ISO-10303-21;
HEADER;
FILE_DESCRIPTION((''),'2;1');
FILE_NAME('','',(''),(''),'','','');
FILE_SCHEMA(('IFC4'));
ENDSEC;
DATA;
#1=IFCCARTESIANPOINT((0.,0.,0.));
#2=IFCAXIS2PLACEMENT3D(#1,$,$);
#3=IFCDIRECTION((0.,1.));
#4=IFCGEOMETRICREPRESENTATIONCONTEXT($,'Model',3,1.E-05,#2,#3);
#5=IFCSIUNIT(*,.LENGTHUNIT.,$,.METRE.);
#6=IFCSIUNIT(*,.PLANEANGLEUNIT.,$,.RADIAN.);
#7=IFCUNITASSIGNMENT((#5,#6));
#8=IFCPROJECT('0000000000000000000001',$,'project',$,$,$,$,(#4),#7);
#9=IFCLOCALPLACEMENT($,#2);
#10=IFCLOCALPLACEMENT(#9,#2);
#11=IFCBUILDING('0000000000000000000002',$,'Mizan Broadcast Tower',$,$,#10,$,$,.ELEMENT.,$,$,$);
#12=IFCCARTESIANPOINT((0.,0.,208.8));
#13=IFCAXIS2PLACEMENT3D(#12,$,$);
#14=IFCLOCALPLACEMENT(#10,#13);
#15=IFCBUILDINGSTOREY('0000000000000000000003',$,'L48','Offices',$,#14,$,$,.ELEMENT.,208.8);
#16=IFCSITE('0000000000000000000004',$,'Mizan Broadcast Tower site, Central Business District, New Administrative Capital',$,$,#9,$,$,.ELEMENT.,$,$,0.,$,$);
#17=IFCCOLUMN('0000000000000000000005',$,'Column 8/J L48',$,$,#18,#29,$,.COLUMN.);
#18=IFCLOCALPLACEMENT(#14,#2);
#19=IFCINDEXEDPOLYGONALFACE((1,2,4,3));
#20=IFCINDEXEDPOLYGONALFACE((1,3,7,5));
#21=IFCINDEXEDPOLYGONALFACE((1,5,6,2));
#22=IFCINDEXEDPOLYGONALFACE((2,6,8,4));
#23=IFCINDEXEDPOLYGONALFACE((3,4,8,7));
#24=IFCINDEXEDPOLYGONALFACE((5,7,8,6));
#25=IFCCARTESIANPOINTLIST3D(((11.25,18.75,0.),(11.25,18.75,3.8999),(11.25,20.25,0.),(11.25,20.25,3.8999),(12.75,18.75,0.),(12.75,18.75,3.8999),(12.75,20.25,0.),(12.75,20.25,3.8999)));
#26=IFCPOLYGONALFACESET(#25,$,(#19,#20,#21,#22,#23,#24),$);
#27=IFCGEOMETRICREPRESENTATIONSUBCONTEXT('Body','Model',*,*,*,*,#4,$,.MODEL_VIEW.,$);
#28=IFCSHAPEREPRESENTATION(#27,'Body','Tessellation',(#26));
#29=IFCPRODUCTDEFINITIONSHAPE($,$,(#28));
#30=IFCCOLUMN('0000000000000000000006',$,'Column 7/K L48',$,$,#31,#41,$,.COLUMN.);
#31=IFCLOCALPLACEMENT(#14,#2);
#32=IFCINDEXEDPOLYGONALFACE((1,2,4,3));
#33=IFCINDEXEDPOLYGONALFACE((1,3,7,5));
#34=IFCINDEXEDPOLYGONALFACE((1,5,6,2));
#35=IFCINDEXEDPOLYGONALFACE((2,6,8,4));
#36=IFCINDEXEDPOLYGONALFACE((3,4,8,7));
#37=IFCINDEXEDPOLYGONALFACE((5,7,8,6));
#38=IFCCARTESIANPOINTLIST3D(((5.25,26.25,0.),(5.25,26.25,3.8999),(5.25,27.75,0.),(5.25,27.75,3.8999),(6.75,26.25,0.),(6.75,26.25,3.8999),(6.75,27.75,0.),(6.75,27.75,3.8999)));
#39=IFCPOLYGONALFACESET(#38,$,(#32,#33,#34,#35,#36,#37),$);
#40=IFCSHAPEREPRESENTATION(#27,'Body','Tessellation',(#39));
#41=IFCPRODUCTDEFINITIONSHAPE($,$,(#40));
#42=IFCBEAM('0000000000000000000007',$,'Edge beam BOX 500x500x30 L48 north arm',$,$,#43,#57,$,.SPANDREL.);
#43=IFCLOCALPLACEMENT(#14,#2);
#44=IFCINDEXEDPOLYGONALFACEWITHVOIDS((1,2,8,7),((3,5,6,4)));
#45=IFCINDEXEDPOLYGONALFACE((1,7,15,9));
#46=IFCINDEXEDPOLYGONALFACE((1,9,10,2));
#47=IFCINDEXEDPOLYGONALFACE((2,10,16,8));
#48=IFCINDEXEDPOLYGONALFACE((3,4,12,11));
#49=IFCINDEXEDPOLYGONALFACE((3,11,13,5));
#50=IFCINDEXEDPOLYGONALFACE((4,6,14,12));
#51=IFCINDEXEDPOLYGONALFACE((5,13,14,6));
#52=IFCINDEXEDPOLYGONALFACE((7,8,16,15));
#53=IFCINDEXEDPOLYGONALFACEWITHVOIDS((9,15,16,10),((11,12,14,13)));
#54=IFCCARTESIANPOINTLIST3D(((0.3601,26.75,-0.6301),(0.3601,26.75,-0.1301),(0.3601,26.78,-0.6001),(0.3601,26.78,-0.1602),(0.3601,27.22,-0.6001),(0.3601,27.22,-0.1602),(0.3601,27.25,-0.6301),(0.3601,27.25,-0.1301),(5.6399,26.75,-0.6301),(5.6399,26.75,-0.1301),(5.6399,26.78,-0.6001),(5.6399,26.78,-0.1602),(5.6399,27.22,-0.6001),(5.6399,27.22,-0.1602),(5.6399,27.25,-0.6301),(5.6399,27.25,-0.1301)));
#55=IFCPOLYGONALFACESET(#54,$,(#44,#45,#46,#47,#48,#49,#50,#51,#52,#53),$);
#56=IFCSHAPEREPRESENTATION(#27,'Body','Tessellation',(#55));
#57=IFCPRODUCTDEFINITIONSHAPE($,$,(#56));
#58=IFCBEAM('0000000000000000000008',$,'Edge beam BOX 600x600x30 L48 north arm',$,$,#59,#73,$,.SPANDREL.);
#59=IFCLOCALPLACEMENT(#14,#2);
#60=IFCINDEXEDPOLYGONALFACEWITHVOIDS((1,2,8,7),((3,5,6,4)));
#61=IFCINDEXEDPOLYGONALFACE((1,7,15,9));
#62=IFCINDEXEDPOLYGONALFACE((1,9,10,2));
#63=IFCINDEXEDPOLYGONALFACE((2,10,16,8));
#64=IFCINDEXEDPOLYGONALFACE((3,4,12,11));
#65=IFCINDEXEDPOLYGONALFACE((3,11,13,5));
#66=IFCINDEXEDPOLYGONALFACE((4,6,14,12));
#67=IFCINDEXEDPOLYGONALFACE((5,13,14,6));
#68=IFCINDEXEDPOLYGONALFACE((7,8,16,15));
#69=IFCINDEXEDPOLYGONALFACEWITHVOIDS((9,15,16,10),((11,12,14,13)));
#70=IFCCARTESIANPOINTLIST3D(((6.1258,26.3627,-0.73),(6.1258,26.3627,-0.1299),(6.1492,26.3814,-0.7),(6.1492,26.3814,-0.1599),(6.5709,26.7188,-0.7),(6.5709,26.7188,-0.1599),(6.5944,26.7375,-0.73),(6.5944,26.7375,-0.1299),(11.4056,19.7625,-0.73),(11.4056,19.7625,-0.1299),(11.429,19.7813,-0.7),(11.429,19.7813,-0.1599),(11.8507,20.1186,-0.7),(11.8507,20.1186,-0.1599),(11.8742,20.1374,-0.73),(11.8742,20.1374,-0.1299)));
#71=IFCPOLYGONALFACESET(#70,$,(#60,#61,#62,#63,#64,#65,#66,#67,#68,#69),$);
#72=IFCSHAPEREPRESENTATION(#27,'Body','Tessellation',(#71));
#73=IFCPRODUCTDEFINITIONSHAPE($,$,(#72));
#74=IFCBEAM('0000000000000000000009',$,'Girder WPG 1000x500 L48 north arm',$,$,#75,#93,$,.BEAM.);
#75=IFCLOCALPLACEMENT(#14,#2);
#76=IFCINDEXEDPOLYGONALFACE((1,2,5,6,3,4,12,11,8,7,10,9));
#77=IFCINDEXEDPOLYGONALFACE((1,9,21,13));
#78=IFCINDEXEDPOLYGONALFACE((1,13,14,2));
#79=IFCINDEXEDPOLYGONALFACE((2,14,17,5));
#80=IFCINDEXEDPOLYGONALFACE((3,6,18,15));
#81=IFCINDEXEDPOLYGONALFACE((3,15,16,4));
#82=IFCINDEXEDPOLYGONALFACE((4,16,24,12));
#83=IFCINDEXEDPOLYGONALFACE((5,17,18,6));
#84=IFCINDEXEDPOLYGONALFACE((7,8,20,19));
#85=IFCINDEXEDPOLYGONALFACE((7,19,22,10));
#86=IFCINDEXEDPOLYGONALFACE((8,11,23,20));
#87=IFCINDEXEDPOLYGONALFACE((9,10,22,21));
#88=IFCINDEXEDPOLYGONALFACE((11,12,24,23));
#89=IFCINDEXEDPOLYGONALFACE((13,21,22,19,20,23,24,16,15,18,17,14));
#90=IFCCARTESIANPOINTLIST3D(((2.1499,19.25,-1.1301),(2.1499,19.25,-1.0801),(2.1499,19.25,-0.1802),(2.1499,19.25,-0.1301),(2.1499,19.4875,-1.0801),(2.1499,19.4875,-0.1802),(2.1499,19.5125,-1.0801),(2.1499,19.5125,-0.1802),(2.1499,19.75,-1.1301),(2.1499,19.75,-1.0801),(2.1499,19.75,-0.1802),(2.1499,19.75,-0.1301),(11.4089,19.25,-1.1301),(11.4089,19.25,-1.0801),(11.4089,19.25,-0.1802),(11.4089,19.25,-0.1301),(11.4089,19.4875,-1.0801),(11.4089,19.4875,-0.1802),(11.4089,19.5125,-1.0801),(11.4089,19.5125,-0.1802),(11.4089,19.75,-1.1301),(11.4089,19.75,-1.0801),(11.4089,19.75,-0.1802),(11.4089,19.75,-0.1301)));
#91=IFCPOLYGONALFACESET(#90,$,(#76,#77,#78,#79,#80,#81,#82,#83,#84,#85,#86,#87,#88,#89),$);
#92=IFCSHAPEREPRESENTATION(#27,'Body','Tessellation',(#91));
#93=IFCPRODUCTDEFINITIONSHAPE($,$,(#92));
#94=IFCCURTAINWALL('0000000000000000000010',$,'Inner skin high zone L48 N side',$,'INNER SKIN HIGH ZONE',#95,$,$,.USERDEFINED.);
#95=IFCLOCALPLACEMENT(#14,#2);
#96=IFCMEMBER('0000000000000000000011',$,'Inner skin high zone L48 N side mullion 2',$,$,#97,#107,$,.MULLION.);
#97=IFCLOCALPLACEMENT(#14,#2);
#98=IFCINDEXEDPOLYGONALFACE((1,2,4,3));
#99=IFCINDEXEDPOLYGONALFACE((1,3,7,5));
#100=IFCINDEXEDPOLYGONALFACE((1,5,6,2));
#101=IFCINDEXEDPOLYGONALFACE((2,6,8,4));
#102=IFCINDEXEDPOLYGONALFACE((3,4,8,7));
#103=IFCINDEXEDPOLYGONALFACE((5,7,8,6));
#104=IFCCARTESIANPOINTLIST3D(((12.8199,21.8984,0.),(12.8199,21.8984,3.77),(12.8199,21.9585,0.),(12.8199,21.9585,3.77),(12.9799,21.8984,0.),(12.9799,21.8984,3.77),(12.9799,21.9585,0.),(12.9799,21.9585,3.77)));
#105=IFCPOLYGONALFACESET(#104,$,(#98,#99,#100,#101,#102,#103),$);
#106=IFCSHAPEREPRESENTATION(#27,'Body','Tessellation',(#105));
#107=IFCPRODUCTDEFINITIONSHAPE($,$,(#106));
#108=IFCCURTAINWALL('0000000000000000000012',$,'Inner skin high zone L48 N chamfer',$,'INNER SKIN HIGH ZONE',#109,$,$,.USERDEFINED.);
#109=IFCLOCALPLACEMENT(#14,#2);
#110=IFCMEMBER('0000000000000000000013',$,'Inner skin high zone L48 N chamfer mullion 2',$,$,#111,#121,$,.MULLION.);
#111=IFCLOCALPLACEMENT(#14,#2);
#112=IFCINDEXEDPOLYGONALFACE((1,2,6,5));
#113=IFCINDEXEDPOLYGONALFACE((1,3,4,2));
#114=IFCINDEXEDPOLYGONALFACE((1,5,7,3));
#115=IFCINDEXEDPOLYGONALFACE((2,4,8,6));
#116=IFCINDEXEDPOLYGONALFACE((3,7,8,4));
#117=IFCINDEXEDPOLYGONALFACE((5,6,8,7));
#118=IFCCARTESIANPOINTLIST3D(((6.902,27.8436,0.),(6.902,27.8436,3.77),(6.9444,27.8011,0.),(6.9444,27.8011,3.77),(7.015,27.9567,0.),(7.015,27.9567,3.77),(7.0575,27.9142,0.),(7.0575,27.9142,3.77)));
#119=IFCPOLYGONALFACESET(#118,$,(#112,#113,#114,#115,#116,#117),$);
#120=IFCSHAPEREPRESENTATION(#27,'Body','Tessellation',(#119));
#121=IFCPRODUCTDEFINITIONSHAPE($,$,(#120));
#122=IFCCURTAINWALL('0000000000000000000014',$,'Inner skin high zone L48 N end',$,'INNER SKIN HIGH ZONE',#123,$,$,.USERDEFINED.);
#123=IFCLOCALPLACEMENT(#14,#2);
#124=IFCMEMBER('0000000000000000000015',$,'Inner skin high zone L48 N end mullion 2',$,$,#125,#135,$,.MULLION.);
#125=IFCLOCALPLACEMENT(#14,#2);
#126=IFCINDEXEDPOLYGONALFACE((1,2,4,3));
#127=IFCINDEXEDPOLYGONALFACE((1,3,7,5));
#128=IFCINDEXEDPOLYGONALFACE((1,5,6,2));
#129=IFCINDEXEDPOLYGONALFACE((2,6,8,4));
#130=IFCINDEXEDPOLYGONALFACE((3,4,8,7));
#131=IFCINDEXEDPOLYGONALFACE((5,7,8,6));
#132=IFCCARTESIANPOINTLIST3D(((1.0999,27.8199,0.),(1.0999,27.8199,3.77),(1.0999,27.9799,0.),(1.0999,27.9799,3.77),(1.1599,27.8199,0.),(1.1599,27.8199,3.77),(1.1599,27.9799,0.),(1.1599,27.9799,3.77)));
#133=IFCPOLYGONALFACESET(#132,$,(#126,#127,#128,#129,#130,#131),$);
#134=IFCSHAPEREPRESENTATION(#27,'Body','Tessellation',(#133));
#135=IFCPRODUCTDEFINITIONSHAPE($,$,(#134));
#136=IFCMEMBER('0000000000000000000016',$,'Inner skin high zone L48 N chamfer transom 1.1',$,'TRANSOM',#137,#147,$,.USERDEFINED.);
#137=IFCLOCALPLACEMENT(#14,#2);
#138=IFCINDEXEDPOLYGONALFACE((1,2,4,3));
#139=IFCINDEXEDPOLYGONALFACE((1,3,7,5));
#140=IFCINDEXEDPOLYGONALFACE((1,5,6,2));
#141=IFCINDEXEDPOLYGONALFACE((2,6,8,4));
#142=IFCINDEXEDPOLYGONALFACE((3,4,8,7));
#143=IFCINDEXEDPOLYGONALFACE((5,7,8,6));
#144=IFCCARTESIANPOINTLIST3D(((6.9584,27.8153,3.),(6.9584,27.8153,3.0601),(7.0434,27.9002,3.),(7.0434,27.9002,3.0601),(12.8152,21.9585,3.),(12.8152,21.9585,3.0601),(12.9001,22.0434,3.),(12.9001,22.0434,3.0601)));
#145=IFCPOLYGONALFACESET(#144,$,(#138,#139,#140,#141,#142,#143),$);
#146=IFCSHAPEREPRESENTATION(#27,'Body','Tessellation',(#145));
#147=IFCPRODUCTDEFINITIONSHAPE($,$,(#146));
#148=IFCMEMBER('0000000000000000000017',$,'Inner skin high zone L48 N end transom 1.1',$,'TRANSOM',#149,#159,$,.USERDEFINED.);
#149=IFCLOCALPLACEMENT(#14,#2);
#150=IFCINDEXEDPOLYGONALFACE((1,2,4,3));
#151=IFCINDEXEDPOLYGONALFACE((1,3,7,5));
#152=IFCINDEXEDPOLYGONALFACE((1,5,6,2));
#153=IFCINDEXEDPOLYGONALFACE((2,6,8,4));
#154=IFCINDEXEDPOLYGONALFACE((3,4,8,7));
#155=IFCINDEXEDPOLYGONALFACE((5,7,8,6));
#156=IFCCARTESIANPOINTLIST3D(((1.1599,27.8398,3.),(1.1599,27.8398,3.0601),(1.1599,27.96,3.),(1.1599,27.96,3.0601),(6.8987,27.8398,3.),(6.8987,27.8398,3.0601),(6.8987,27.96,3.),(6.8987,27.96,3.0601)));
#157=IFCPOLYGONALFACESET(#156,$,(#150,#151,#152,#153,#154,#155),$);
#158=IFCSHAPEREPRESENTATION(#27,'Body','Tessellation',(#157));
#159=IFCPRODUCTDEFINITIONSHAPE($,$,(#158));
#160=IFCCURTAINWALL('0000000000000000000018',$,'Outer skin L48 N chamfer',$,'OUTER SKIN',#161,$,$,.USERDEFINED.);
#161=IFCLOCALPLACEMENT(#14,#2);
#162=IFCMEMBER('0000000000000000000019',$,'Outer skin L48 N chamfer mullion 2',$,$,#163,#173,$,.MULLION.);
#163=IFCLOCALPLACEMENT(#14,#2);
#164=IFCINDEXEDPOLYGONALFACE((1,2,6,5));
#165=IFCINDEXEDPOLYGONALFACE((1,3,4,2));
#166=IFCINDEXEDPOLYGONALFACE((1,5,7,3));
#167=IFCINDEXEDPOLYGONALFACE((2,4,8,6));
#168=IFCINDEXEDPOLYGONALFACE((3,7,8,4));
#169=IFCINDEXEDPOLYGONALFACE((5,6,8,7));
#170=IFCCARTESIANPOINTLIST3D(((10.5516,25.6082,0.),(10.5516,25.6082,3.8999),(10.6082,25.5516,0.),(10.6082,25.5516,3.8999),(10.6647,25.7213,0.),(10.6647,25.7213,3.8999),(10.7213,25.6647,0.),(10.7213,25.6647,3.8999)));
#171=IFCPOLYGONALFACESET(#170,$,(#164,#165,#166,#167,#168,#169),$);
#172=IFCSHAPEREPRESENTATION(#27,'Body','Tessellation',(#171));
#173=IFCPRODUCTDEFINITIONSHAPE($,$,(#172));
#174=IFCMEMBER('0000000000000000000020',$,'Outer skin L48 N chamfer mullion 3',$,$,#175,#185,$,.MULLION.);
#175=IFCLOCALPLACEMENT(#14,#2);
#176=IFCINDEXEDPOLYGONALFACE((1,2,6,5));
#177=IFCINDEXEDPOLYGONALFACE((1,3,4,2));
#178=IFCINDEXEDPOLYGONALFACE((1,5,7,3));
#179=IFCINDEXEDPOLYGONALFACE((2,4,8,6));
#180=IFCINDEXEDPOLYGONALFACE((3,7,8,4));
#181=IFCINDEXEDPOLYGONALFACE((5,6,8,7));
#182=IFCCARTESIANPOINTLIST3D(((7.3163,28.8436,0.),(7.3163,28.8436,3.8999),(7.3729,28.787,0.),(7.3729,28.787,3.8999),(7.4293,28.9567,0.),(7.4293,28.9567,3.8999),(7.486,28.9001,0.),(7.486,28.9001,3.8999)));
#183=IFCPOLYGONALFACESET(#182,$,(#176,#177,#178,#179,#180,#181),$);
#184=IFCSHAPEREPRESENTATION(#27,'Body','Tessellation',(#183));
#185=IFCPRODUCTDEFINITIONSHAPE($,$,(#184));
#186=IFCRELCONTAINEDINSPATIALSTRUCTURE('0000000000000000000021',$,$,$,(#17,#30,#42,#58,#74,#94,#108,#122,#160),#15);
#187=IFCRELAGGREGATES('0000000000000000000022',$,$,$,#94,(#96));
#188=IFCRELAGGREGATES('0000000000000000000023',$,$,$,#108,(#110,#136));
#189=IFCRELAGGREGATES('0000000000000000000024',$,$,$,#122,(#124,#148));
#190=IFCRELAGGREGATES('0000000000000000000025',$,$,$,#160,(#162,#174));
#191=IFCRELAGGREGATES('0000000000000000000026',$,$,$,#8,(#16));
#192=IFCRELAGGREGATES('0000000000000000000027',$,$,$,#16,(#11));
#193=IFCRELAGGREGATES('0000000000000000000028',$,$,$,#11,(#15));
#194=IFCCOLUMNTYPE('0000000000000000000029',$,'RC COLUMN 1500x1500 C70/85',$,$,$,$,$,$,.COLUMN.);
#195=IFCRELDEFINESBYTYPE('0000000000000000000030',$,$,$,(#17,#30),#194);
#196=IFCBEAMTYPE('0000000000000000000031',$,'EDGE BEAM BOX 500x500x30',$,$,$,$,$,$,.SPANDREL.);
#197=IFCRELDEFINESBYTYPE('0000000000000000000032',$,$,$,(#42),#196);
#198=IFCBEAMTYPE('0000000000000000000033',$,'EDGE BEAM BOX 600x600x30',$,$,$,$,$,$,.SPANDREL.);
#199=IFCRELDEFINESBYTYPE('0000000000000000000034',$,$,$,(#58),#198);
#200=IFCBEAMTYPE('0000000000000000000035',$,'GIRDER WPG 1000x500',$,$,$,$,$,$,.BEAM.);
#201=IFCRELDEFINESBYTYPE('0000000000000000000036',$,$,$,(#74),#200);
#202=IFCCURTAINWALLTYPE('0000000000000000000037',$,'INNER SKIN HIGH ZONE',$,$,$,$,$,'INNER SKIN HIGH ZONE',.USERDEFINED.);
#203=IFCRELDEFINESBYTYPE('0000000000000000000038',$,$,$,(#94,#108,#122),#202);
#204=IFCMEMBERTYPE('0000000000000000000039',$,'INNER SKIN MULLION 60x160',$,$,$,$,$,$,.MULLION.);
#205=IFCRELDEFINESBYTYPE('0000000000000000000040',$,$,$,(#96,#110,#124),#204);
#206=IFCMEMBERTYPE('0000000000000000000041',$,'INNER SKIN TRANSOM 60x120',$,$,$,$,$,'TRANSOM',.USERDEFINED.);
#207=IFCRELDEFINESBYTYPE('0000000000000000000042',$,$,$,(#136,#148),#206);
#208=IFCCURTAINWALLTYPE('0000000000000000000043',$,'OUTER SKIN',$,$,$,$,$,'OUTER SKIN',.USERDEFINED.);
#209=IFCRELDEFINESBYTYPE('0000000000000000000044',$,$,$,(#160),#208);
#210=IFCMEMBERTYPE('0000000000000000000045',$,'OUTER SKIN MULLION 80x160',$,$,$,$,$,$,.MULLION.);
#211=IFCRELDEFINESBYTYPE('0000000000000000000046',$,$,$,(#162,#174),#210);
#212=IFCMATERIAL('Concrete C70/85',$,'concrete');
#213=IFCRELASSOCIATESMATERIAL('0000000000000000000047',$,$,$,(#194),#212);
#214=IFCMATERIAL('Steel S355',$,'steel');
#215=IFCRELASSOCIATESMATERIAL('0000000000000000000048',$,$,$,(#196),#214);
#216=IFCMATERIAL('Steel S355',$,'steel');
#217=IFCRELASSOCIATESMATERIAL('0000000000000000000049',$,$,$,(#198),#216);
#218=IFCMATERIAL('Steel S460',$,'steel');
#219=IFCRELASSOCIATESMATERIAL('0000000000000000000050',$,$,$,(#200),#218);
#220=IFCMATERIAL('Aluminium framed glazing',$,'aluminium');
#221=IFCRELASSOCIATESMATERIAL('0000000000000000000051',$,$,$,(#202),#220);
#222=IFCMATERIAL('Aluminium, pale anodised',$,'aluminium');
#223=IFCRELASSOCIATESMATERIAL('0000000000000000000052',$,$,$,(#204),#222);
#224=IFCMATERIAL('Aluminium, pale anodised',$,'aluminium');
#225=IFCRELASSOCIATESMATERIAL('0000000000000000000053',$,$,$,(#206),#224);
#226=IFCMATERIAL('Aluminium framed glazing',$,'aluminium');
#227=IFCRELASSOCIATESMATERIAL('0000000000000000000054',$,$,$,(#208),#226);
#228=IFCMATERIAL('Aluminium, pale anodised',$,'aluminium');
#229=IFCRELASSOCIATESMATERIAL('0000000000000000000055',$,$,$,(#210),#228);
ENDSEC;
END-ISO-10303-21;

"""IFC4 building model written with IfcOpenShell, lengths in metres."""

from ifc_helpers import new_model, si_unit, direction, frame, origin, origin_2d, place, context, subcontext, project, spatial, rectangle, hollow_rectangle, i_section, extrude, material, material_profile, profile_set, type_object, element, aggregate, save


model = new_model("IFC4")

# Units and contexts
model_context = context("Model", 3, precision=1e-05, world=origin(), true_north=direction((0.0, 1.0)))
body_context = subcontext(model_context, "Body", "Model", "MODEL_VIEW")
ifc_project = project(units=[si_unit("LENGTHUNIT", "METRE"), si_unit("PLANEANGLEUNIT", "RADIAN")], contexts=[model_context])

# Site, building, storey
site_placement = place(None, origin())
site = spatial("IfcSite", under=ifc_project, at=site_placement, Name="Mizan Broadcast Tower site, Central Business District, New Administrative Capital", CompositionType="ELEMENT", RefElevation=0.0)
building_placement = place(site_placement, origin())
building = spatial("IfcBuilding", under=site, at=building_placement, Name="Mizan Broadcast Tower", CompositionType="ELEMENT")
storey_placement = place(building_placement, frame((0.0, 0.0, 208.8)))
storey = spatial("IfcBuildingStorey", under=building, at=storey_placement, Name="L48", Description="Offices", CompositionType="ELEMENT", Elevation=208.8)

# Columns
ifc_material_1 = material(Name="Concrete C70/85", Category="concrete")
ifc_material_profile_1 = material_profile(ifc_material_1, rectangle(XDim=1.5, YDim=1.5, at=origin_2d()), Name="RC 1500x1500")
ifc_profile_set_1 = profile_set([ifc_material_profile_1], Name="Concrete C70/85")
column_type = type_object("IfcColumnType", Name="RC COLUMN 1500x1500 C70/85", PredefinedType="COLUMN", material=ifc_profile_set_1)
for number, where, z_axis, x_axis, name in (
    (1, (12.0, 19.5, 0.0), (0.0, 0.0, 1.0), (1.0, 0.0, 0.0), "Column 8/J L48"),
    (2, (6.0, 27.0, 0.0), (0.0, 0.0, 1.0), (1.0, 0.0, 0.0), "Column 7/K L48"),
):
    element("IfcColumn", number, at=place(storey_placement, frame(where, z_axis=z_axis, x_axis=x_axis)), inside=storey, type_object=column_type, Name=name, PredefinedType="COLUMN", context=body_context, shape_type="SweptSolid", body=[
        extrude(rectangle(XDim=1.5, YDim=1.5, at=origin_2d()), origin(), (0.0, 0.0, 1.0), 3.8999),
    ])

# Beams
ifc_material_2 = material(Name="Steel S355", Category="steel")
ifc_material_profile_2 = material_profile(ifc_material_2, hollow_rectangle(XDim=0.5, YDim=0.5, WallThickness=0.03, at=origin_2d()), Name="BOX 500x500x30")
ifc_profile_set_2 = profile_set([ifc_material_profile_2], Name="Steel S355")
beam_type_1 = type_object("IfcBeamType", Name="EDGE BEAM BOX 500x500x30", PredefinedType="SPANDREL", material=ifc_profile_set_2)
beam_1_placement = place(storey_placement, frame((5.6399, 27.0, -0.3801), z_axis=(-1.0, 0.0, 0.0), x_axis=(0.0, -1.0, 0.0)))
element("IfcBeam", 3, at=beam_1_placement, inside=storey, type_object=beam_type_1, Name="Edge beam BOX 500x500x30 L48 north arm", PredefinedType="SPANDREL", context=body_context, shape_type="SweptSolid", body=[
    extrude(hollow_rectangle(XDim=0.5, YDim=0.5, WallThickness=0.03, at=origin_2d()), origin(), (0.0, 0.0, 1.0), 5.2798),
])
ifc_material_3 = material(Name="Steel S355", Category="steel")
ifc_material_profile_3 = material_profile(ifc_material_3, hollow_rectangle(XDim=0.6001, YDim=0.6001, WallThickness=0.03, at=origin_2d()), Name="BOX 600x600x30")
ifc_profile_set_3 = profile_set([ifc_material_profile_3], Name="Steel S355")
beam_type_2 = type_object("IfcBeamType", Name="EDGE BEAM BOX 600x600x30", PredefinedType="SPANDREL", material=ifc_profile_set_3)
beam_2_placement = place(storey_placement, frame((11.6399, 19.95, -0.4299), z_axis=(-0.624674, 0.780886, 0.0), x_axis=(-0.780886, -0.624674, 0.0)))
element("IfcBeam", 4, at=beam_2_placement, inside=storey, type_object=beam_type_2, Name="Edge beam BOX 600x600x30 L48 north arm", PredefinedType="SPANDREL", context=body_context, shape_type="SweptSolid", body=[
    extrude(hollow_rectangle(XDim=0.6001, YDim=0.6001, WallThickness=0.03, at=origin_2d()), origin(), (0.0, 0.0, 1.0), 8.4521),
])
ifc_material_4 = material(Name="Steel S460", Category="steel")
ifc_material_profile_4 = material_profile(ifc_material_4, i_section(OverallWidth=0.5, OverallDepth=1.0, WebThickness=0.0249, FlangeThickness=0.05, at=origin_2d()), Name="WPG 1000x500")
ifc_profile_set_4 = profile_set([ifc_material_profile_4], Name="Steel S460")
beam_type_3 = type_object("IfcBeamType", Name="GIRDER WPG 1000x500", PredefinedType="BEAM", material=ifc_profile_set_4)
beam_3_placement = place(storey_placement, frame((11.4089, 19.5, -0.6301), z_axis=(-1.0, 0.0, 0.0), x_axis=(0.0, -1.0, 0.0)))
element("IfcBeam", 5, at=beam_3_placement, inside=storey, type_object=beam_type_3, Name="Girder WPG 1000x500 L48 north arm", PredefinedType="BEAM", context=body_context, shape_type="SweptSolid", body=[
    extrude(i_section(OverallWidth=0.5, OverallDepth=1.0, WebThickness=0.0249, FlangeThickness=0.05, at=origin_2d()), origin(), (0.0, 0.0, 1.0), 9.259),
])

# Curtain walls, members
ifc_material_5 = material(Name="Aluminium framed glazing", Category="aluminium")
curtain_wall_type_1 = type_object("IfcCurtainWallType", Name="INNER SKIN HIGH ZONE", ElementType="INNER SKIN HIGH ZONE", PredefinedType="USERDEFINED", material=ifc_material_5)
curtain_wall_1_placement = place(storey_placement, origin())
curtain_wall_1 = element("IfcCurtainWall", 6, at=curtain_wall_1_placement, inside=storey, type_object=curtain_wall_type_1, Name="Inner skin high zone L48 N side", ObjectType="INNER SKIN HIGH ZONE", PredefinedType="USERDEFINED")
ifc_material_6 = material(Name="Aluminium, pale anodised", Category="aluminium")
ifc_material_profile_5 = material_profile(ifc_material_6, rectangle(XDim=0.1599, YDim=0.0601, at=origin_2d()), Name="MULLION 160x60")
ifc_profile_set_5 = profile_set([ifc_material_profile_5], Name="Aluminium, pale anodised")
member_type_1 = type_object("IfcMemberType", Name="INNER SKIN MULLION 60x160", PredefinedType="MULLION", material=ifc_profile_set_5)
member_1_placement = place(storey_placement, frame((12.8999, 21.9285, 0.0), z_axis=(0.0, 0.0, 1.0), x_axis=(-1.0, 0.0, 0.0)))
member_1 = element("IfcMember", 7, at=member_1_placement, type_object=member_type_1, Name="Inner skin high zone L48 N side mullion 2", PredefinedType="MULLION", context=body_context, shape_type="SweptSolid", body=[
    extrude(rectangle(XDim=0.1599, YDim=0.0601, at=origin_2d()), origin(), (0.0, 0.0, 1.0), 3.77),
])
curtain_wall_2_placement = place(storey_placement, origin())
curtain_wall_2 = element("IfcCurtainWall", 8, at=curtain_wall_2_placement, inside=storey, type_object=curtain_wall_type_1, Name="Inner skin high zone L48 N chamfer", ObjectType="INNER SKIN HIGH ZONE", PredefinedType="USERDEFINED")
member_2_placement = place(storey_placement, frame((6.9797, 27.8789, 0.0), z_axis=(0.0, 0.0, 1.0), x_axis=(-0.707107, -0.707107, 0.0)))
member_2 = element("IfcMember", 9, at=member_2_placement, type_object=member_type_1, Name="Inner skin high zone L48 N chamfer mullion 2", PredefinedType="MULLION", context=body_context, shape_type="SweptSolid", body=[
    extrude(rectangle(XDim=0.1599, YDim=0.0601, at=origin_2d()), origin(), (0.0, 0.0, 1.0), 3.77),
])
curtain_wall_3_placement = place(storey_placement, origin())
curtain_wall_3 = element("IfcCurtainWall", 10, at=curtain_wall_3_placement, inside=storey, type_object=curtain_wall_type_1, Name="Inner skin high zone L48 N end", ObjectType="INNER SKIN HIGH ZONE", PredefinedType="USERDEFINED")
member_3_placement = place(storey_placement, frame((1.1299, 27.8999, 0.0), z_axis=(0.0, 0.0, 1.0), x_axis=(0.0, -1.0, 0.0)))
member_3 = element("IfcMember", 11, at=member_3_placement, type_object=member_type_1, Name="Inner skin high zone L48 N end mullion 2", PredefinedType="MULLION", context=body_context, shape_type="SweptSolid", body=[
    extrude(rectangle(XDim=0.1599, YDim=0.0601, at=origin_2d()), origin(), (0.0, 0.0, 1.0), 3.77),
])

# Members
ifc_material_7 = material(Name="Aluminium, pale anodised", Category="aluminium")
ifc_material_profile_6 = material_profile(ifc_material_7, rectangle(XDim=0.1201, YDim=0.0601, at=origin_2d()), Name="TRANSOM 120x60")
ifc_profile_set_6 = profile_set([ifc_material_profile_6], Name="Aluminium, pale anodised")
member_type_2 = type_object("IfcMemberType", Name="INNER SKIN TRANSOM 60x120", ElementType="TRANSOM", PredefinedType="USERDEFINED", material=ifc_profile_set_6)
member_4_placement = place(storey_placement, frame((12.8577, 22.001, 3.03), z_axis=(-0.707107, 0.707107, 0.0), x_axis=(-0.707107, -0.707107, 0.0)))
member_4 = element("IfcMember", 12, at=member_4_placement, type_object=member_type_2, Name="Inner skin high zone L48 N chamfer transom 1.1", ObjectType="TRANSOM", PredefinedType="USERDEFINED", context=body_context, shape_type="SweptSolid", body=[
    extrude(rectangle(XDim=0.1201, YDim=0.0601, at=origin_2d()), origin(), (0.0, 0.0, 1.0), 8.2827),
])
member_5_placement = place(storey_placement, frame((6.8987, 27.8999, 3.03), z_axis=(-1.0, 0.0, 0.0), x_axis=(0.0, -1.0, 0.0)))
member_5 = element("IfcMember", 13, at=member_5_placement, type_object=member_type_2, Name="Inner skin high zone L48 N end transom 1.1", ObjectType="TRANSOM", PredefinedType="USERDEFINED", context=body_context, shape_type="SweptSolid", body=[
    extrude(rectangle(XDim=0.1201, YDim=0.0601, at=origin_2d()), origin(), (0.0, 0.0, 1.0), 5.7388),
])

# Curtain wall, members
ifc_material_8 = material(Name="Aluminium framed glazing", Category="aluminium")
curtain_wall_type_2 = type_object("IfcCurtainWallType", Name="OUTER SKIN", ElementType="OUTER SKIN", PredefinedType="USERDEFINED", material=ifc_material_8)
curtain_wall_4_placement = place(storey_placement, origin())
curtain_wall_4 = element("IfcCurtainWall", 14, at=curtain_wall_4_placement, inside=storey, type_object=curtain_wall_type_2, Name="Outer skin L48 N chamfer", ObjectType="OUTER SKIN", PredefinedType="USERDEFINED")
ifc_material_9 = material(Name="Aluminium, pale anodised", Category="aluminium")
ifc_material_profile_7 = material_profile(ifc_material_9, rectangle(XDim=0.1599, YDim=0.0801, at=origin_2d()), Name="MULLION 160x80")
ifc_profile_set_7 = profile_set([ifc_material_profile_7], Name="Aluminium, pale anodised")
member_type_3 = type_object("IfcMemberType", Name="OUTER SKIN MULLION 80x160", PredefinedType="MULLION", material=ifc_profile_set_7)
member_6_placement = place(storey_placement, frame((10.6365, 25.6365, 0.0), z_axis=(0.0, 0.0, 1.0), x_axis=(-0.707107, -0.707107, 0.0)))
member_6 = element("IfcMember", 15, at=member_6_placement, type_object=member_type_3, Name="Outer skin L48 N chamfer mullion 2", PredefinedType="MULLION", context=body_context, shape_type="SweptSolid", body=[
    extrude(rectangle(XDim=0.1599, YDim=0.0801, at=origin_2d()), origin(), (0.0, 0.0, 1.0), 3.8999),
])
member_7_placement = place(storey_placement, frame((7.4011, 28.8718, 0.0), z_axis=(0.0, 0.0, 1.0), x_axis=(-0.707107, -0.707107, 0.0)))
member_7 = element("IfcMember", 16, at=member_7_placement, type_object=member_type_3, Name="Outer skin L48 N chamfer mullion 3", PredefinedType="MULLION", context=body_context, shape_type="SweptSolid", body=[
    extrude(rectangle(XDim=0.1599, YDim=0.0801, at=origin_2d()), origin(), (0.0, 0.0, 1.0), 3.8999),
])

aggregate(curtain_wall_1, [member_1])
aggregate(curtain_wall_2, [member_2, member_4])
aggregate(curtain_wall_3, [member_3, member_5])
aggregate(curtain_wall_4, [member_6, member_7])

save(model, "model.ifc")
